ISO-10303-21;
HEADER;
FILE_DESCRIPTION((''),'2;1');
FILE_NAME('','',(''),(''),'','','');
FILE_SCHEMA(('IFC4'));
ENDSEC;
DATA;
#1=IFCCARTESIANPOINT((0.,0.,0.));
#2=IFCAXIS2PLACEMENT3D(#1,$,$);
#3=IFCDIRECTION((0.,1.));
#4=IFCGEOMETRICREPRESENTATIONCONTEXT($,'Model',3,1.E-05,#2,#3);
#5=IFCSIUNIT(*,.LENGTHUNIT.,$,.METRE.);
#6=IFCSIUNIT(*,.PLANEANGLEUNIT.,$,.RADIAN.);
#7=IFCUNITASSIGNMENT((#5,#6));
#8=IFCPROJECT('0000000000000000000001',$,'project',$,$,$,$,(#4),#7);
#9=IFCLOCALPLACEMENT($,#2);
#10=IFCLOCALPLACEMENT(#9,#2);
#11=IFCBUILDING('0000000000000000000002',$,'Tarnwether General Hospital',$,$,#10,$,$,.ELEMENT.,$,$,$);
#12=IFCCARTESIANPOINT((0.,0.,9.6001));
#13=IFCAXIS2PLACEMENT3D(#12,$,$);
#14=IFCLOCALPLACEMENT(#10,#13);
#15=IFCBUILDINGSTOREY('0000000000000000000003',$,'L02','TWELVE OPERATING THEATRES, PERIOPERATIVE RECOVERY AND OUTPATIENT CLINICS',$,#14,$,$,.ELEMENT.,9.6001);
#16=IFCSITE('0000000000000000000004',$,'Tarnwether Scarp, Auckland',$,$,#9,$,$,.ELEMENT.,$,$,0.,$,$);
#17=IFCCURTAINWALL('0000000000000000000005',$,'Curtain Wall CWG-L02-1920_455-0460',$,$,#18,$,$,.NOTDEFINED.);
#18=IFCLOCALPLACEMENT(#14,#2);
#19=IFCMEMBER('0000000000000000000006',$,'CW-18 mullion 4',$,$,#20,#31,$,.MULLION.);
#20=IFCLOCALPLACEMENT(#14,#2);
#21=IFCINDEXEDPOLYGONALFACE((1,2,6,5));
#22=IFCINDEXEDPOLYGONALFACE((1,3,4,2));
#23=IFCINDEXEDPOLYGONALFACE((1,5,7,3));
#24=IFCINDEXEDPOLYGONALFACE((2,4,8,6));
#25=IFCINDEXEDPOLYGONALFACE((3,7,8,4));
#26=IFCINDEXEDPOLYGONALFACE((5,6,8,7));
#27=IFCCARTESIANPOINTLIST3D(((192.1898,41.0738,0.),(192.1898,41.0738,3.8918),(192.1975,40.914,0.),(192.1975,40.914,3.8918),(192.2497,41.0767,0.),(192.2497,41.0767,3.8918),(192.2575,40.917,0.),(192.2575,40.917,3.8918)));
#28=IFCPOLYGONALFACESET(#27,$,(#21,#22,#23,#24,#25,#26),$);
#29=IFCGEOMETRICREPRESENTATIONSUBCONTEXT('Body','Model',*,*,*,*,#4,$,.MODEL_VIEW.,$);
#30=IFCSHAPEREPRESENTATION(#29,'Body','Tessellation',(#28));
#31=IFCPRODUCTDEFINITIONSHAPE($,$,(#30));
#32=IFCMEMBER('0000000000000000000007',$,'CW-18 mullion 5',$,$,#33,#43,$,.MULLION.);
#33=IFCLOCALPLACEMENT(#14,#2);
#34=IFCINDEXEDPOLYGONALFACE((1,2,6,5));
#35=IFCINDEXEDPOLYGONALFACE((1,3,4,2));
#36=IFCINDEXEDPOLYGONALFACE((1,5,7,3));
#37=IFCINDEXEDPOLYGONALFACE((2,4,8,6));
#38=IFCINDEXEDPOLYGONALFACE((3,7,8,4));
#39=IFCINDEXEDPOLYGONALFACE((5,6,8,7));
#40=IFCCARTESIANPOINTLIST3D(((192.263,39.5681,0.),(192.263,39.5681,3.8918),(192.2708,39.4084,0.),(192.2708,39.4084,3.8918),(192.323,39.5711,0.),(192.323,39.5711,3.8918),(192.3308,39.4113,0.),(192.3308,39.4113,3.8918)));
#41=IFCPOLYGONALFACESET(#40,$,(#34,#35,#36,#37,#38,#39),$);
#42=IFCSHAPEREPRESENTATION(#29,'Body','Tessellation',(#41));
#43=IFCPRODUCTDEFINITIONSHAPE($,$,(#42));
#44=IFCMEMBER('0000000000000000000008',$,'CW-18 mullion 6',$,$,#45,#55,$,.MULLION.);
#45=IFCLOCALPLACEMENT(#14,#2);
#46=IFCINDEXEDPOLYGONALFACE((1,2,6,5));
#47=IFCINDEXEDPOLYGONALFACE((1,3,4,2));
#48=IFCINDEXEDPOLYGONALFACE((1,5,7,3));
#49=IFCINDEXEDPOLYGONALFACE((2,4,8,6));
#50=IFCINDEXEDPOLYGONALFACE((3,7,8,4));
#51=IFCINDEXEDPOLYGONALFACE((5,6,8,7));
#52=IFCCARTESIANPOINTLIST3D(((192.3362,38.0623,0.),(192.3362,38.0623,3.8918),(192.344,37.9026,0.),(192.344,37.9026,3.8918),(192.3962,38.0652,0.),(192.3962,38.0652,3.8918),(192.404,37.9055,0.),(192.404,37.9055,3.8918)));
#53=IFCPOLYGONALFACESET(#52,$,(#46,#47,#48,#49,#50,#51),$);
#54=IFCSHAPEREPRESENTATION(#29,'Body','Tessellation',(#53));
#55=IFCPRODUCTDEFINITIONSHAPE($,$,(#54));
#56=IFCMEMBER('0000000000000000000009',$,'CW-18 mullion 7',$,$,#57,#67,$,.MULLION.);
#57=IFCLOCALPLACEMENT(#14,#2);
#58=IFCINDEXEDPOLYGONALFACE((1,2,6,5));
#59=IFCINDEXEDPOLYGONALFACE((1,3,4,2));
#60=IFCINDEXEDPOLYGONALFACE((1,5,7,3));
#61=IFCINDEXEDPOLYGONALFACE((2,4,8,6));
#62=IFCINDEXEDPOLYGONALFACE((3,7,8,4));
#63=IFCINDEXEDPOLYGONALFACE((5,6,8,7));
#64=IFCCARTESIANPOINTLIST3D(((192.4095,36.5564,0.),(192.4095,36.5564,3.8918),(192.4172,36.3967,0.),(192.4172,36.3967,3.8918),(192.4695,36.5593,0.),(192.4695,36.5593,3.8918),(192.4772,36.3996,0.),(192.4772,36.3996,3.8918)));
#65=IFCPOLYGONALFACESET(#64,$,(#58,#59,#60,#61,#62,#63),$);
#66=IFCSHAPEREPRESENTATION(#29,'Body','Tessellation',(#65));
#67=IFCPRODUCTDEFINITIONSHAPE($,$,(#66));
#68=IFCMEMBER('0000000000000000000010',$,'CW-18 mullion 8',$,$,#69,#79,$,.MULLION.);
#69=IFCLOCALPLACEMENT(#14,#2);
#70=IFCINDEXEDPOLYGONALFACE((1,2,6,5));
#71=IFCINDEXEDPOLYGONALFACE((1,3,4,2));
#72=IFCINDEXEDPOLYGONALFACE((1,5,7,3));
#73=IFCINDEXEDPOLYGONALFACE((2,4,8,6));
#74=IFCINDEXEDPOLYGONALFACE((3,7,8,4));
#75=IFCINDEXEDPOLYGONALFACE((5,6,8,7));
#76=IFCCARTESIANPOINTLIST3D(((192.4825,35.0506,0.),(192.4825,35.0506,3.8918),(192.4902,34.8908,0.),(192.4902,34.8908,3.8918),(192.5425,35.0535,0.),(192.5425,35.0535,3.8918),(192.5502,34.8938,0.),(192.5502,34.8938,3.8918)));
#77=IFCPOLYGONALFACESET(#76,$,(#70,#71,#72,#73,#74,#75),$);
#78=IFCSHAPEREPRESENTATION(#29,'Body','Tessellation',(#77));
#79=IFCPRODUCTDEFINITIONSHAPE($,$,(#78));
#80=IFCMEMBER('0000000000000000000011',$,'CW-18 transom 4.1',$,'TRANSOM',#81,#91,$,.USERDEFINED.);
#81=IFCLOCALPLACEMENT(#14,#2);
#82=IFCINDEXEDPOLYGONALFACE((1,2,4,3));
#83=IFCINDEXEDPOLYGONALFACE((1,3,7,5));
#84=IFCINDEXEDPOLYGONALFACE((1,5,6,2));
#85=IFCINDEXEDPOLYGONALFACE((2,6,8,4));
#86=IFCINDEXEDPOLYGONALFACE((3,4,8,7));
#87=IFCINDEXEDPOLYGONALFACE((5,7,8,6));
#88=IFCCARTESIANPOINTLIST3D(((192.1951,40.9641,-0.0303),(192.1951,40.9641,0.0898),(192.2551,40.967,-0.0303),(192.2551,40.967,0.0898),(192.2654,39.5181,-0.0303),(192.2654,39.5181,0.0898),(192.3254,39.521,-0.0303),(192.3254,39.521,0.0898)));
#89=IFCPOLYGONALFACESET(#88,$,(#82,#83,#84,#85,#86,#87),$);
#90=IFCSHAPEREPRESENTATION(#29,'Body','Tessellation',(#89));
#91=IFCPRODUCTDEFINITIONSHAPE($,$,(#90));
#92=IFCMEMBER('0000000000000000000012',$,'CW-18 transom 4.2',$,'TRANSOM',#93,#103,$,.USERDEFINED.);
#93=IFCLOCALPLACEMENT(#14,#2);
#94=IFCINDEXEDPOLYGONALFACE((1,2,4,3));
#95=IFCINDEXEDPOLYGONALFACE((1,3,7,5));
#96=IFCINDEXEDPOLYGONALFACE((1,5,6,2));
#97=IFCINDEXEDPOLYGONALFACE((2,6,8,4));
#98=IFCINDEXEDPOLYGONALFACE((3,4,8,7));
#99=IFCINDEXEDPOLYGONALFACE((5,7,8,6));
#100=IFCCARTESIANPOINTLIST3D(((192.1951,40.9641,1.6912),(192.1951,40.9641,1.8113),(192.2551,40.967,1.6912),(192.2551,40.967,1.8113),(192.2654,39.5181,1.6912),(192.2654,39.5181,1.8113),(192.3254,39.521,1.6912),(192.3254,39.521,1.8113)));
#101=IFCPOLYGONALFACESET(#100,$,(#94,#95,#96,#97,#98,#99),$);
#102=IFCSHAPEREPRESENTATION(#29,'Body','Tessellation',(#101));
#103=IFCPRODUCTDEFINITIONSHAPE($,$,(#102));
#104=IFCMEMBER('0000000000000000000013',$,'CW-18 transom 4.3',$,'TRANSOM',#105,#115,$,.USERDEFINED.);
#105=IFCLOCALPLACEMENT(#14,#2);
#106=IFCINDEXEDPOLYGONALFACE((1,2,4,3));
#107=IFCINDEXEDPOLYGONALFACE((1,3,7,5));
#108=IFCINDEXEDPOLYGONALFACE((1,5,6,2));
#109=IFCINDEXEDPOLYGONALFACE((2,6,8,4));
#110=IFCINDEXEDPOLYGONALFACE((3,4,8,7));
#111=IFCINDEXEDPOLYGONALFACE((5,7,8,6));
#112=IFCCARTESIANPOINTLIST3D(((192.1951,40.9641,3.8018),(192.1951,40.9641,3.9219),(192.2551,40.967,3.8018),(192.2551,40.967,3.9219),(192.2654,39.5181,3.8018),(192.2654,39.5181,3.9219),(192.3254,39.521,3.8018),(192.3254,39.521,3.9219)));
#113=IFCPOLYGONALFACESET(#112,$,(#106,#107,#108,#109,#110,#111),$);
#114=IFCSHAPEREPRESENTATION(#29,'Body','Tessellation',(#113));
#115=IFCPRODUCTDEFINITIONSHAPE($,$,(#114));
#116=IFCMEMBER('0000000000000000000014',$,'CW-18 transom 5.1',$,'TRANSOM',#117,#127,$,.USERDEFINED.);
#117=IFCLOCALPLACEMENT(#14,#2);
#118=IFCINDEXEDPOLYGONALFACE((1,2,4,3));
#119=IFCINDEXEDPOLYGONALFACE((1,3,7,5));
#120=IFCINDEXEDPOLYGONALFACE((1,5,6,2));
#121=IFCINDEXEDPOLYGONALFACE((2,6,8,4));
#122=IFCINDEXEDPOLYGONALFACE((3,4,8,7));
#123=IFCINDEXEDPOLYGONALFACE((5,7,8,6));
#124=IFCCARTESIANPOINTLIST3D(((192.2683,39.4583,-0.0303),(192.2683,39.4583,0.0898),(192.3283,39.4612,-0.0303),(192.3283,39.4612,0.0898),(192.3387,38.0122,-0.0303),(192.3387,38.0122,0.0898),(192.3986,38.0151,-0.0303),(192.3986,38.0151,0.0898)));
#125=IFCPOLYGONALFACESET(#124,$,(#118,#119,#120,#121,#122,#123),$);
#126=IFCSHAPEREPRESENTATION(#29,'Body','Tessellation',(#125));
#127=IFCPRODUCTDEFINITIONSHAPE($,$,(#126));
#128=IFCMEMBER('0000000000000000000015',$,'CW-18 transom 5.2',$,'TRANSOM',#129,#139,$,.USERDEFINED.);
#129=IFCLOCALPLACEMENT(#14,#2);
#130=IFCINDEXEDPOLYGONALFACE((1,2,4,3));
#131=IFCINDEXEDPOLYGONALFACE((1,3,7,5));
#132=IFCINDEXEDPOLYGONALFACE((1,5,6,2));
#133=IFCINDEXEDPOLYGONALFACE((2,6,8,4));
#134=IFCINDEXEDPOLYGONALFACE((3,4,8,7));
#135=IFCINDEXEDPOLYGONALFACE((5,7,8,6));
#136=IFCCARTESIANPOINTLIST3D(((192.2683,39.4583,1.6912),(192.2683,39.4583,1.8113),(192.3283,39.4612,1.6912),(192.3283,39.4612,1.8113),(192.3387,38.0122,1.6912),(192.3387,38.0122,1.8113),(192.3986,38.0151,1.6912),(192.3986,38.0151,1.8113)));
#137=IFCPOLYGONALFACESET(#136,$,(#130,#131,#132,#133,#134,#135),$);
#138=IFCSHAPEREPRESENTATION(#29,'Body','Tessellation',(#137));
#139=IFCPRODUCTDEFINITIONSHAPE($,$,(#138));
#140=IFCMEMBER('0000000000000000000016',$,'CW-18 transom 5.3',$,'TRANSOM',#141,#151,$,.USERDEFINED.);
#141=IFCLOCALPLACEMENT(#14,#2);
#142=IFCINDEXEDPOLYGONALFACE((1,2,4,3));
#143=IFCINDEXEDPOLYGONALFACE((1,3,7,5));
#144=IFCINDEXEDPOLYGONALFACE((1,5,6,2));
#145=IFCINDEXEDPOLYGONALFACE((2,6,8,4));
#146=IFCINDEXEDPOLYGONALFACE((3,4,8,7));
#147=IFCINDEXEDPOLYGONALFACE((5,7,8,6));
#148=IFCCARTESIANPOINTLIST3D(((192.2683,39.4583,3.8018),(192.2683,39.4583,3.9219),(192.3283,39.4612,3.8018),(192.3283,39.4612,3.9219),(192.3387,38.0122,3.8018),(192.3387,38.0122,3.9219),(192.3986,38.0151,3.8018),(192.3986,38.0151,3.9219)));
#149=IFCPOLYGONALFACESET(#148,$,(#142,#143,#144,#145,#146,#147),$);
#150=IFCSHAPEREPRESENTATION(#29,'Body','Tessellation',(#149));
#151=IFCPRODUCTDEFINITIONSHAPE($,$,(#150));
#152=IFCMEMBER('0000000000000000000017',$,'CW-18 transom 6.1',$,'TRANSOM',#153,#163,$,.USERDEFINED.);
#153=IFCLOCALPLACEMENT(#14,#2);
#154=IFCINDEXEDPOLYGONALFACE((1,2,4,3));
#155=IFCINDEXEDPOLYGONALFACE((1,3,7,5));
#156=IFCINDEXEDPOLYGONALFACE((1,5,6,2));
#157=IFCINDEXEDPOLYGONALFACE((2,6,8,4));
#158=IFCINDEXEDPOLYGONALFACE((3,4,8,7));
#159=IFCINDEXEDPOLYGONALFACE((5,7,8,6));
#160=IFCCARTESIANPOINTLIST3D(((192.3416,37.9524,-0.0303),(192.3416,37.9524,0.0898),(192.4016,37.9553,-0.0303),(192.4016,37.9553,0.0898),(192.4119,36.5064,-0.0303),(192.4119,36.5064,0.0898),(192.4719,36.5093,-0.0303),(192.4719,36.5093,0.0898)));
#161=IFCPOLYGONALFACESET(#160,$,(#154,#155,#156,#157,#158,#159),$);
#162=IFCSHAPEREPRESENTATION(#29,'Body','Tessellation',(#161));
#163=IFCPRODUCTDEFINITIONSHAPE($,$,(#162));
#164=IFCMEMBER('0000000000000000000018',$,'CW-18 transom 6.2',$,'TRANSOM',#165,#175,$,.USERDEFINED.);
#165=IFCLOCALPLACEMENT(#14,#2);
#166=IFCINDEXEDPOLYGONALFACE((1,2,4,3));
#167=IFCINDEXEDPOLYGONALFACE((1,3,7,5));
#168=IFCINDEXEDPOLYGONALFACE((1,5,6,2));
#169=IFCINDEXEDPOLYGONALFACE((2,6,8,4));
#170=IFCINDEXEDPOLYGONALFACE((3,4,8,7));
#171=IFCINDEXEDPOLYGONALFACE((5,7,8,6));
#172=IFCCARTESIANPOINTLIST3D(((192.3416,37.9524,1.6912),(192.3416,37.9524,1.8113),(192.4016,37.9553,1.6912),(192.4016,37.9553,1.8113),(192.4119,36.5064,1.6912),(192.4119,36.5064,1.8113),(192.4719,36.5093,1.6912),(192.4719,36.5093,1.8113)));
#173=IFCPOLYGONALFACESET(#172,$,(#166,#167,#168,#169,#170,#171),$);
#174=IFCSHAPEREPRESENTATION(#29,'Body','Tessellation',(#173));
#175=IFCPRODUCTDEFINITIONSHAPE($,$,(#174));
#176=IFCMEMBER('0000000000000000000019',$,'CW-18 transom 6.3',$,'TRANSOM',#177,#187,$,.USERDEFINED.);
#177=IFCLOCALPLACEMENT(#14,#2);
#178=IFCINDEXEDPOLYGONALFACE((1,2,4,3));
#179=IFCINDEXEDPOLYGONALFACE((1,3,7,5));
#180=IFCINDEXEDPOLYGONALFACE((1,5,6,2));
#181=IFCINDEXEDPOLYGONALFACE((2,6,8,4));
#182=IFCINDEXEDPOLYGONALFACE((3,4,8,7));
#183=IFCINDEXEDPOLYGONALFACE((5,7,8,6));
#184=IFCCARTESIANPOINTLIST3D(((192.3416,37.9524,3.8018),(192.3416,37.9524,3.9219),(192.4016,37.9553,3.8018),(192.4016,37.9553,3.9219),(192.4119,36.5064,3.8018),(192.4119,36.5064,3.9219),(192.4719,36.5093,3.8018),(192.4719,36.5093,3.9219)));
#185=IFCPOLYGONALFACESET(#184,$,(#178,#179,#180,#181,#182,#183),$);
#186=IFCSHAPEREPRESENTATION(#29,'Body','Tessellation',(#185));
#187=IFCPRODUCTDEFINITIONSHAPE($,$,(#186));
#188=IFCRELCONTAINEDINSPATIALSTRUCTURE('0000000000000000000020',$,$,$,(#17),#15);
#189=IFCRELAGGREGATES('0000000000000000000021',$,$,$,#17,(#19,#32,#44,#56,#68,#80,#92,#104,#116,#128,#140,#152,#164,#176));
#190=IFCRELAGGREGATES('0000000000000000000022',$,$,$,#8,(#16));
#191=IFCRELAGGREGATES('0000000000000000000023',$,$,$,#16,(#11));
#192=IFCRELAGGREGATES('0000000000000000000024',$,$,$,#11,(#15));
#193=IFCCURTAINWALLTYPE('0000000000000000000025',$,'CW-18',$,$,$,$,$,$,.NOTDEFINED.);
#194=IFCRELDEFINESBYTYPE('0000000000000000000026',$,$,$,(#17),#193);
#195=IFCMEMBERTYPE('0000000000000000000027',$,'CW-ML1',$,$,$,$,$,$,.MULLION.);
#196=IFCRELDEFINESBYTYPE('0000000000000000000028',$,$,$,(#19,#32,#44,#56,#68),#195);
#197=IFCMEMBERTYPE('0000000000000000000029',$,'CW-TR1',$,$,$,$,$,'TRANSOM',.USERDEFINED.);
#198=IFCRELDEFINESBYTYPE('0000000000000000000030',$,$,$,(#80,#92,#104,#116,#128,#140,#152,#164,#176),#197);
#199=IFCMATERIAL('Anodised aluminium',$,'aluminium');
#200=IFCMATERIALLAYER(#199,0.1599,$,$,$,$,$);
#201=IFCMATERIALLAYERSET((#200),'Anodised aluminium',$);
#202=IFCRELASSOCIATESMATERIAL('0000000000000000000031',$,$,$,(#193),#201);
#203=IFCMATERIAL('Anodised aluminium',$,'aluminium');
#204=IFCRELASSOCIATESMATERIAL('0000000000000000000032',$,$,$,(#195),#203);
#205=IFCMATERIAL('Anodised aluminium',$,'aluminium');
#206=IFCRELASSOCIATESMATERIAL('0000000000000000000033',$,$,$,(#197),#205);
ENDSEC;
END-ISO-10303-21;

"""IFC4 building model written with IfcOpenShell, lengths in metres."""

from ifc_helpers import new_model, si_unit, direction, frame, origin, origin_2d, place, context, subcontext, project, spatial, rectangle, extrude, material, layer, layer_set, material_profile, profile_set, type_object, element, aggregate, save


model = new_model("IFC4")

# Units and contexts
model_context = context("Model", 3, precision=1e-05, world=origin(), true_north=direction((0.0, 1.0)))
body_context = subcontext(model_context, "Body", "Model", "MODEL_VIEW")
ifc_project = project(units=[si_unit("LENGTHUNIT", "METRE"), si_unit("PLANEANGLEUNIT", "RADIAN")], contexts=[model_context])

# Site, building, storey
site_placement = place(None, origin())
site = spatial("IfcSite", under=ifc_project, at=site_placement, Name="Tarnwether Scarp, Auckland", CompositionType="ELEMENT", RefElevation=0.0)
building_placement = place(site_placement, origin())
building = spatial("IfcBuilding", under=site, at=building_placement, Name="Tarnwether General Hospital", CompositionType="ELEMENT")
storey_placement = place(building_placement, frame((0.0, 0.0, 9.6001)))
storey = spatial("IfcBuildingStorey", under=building, at=storey_placement, Name="L02", Description="TWELVE OPERATING THEATRES, PERIOPERATIVE RECOVERY AND OUTPATIENT CLINICS", CompositionType="ELEMENT", Elevation=9.6001)

# Curtain wall, members
ifc_material_1 = material(Name="Anodised aluminium", Category="aluminium")
ifc_layer_1 = layer(ifc_material_1, 0.1599)
ifc_layer_set_1 = layer_set([ifc_layer_1], Name="Anodised aluminium")
curtain_wall_type = type_object("IfcCurtainWallType", Name="CW-18", PredefinedType="NOTDEFINED", material=ifc_layer_set_1)
curtain_wall_placement = place(storey_placement, origin())
curtain_wall = element("IfcCurtainWall", 1, at=curtain_wall_placement, inside=storey, type_object=curtain_wall_type, Name="Curtain Wall CWG-L02-1920_455-0460", PredefinedType="NOTDEFINED")
ifc_material_2 = material(Name="Anodised aluminium", Category="aluminium")
ifc_material_profile_1 = material_profile(ifc_material_2, rectangle(XDim=0.0601, YDim=0.1599, at=origin_2d()), Name="ALU-MUL-60x160")
ifc_profile_set_1 = profile_set([ifc_material_profile_1], Name="Anodised aluminium")
member_type_1 = type_object("IfcMemberType", Name="CW-ML1", PredefinedType="MULLION", material=ifc_profile_set_1)
member_1_placement = place(storey_placement, frame((192.2236, 40.9954, 0.0), z_axis=(0.0, 0.0, 1.0), x_axis=(0.99882, 0.04856, 0.0)))
member_1 = element("IfcMember", 2, at=member_1_placement, type_object=member_type_1, Name="CW-18 mullion 4", PredefinedType="MULLION", context=body_context, shape_type="SweptSolid", body=[
    extrude(rectangle(XDim=0.0601, YDim=0.1599, at=origin_2d()), origin(), (0.0, 0.0, 1.0), 3.8918),
])
member_2_placement = place(storey_placement, frame((192.2969, 39.4897, 0.0), z_axis=(0.0, 0.0, 1.0), x_axis=(0.99882, 0.04856, 0.0)))
member_2 = element("IfcMember", 3, at=member_2_placement, type_object=member_type_1, Name="CW-18 mullion 5", PredefinedType="MULLION", context=body_context, shape_type="SweptSolid", body=[
    extrude(rectangle(XDim=0.0601, YDim=0.1599, at=origin_2d()), origin(), (0.0, 0.0, 1.0), 3.8918),
])
member_3_placement = place(storey_placement, frame((192.3701, 37.9839, 0.0), z_axis=(0.0, 0.0, 1.0), x_axis=(0.99882, 0.04856, 0.0)))
member_3 = element("IfcMember", 4, at=member_3_placement, type_object=member_type_1, Name="CW-18 mullion 6", PredefinedType="MULLION", context=body_context, shape_type="SweptSolid", body=[
    extrude(rectangle(XDim=0.0601, YDim=0.1599, at=origin_2d()), origin(), (0.0, 0.0, 1.0), 3.8918),
])
member_4_placement = place(storey_placement, frame((192.4434, 36.478, 0.0), z_axis=(0.0, 0.0, 1.0), x_axis=(0.99882, 0.04856, 0.0)))
member_4 = element("IfcMember", 5, at=member_4_placement, type_object=member_type_1, Name="CW-18 mullion 7", PredefinedType="MULLION", context=body_context, shape_type="SweptSolid", body=[
    extrude(rectangle(XDim=0.0601, YDim=0.1599, at=origin_2d()), origin(), (0.0, 0.0, 1.0), 3.8918),
])
member_5_placement = place(storey_placement, frame((192.5164, 34.9722, 0.0), z_axis=(0.0, 0.0, 1.0), x_axis=(0.99882, 0.04856, 0.0)))
member_5 = element("IfcMember", 6, at=member_5_placement, type_object=member_type_1, Name="CW-18 mullion 8", PredefinedType="MULLION", context=body_context, shape_type="SweptSolid", body=[
    extrude(rectangle(XDim=0.0601, YDim=0.1599, at=origin_2d()), origin(), (0.0, 0.0, 1.0), 3.8918),
])
ifc_material_3 = material(Name="Anodised aluminium", Category="aluminium")
ifc_material_profile_2 = material_profile(ifc_material_3, rectangle(XDim=0.0601, YDim=0.1201, at=origin_2d()), Name="ALU-TRN-60x120")
ifc_profile_set_2 = profile_set([ifc_material_profile_2], Name="Anodised aluminium")
member_type_2 = type_object("IfcMemberType", Name="CW-TR1", ElementType="TRANSOM", PredefinedType="USERDEFINED", material=ifc_profile_set_2)
member_6_placement = place(storey_placement, frame((192.2251, 40.9656, 0.0298), z_axis=(0.048567, -0.99882, 0.0), x_axis=(0.99882, 0.048567, 0.0)))
member_6 = element("IfcMember", 7, at=member_6_placement, type_object=member_type_2, Name="CW-18 transom 4.1", ObjectType="TRANSOM", PredefinedType="USERDEFINED", context=body_context, shape_type="SweptSolid", body=[
    extrude(rectangle(XDim=0.0601, YDim=0.1201, at=origin_2d()), origin(), (0.0, 0.0, 1.0), 1.4478),
])
member_7_placement = place(storey_placement, frame((192.2251, 40.9656, 1.7512), z_axis=(0.048567, -0.99882, 0.0), x_axis=(0.99882, 0.048567, 0.0)))
member_7 = element("IfcMember", 8, at=member_7_placement, type_object=member_type_2, Name="CW-18 transom 4.2", ObjectType="TRANSOM", PredefinedType="USERDEFINED", context=body_context, shape_type="SweptSolid", body=[
    extrude(rectangle(XDim=0.0601, YDim=0.1201, at=origin_2d()), origin(), (0.0, 0.0, 1.0), 1.4478),
])
member_8_placement = place(storey_placement, frame((192.2251, 40.9656, 3.8618), z_axis=(0.048567, -0.99882, 0.0), x_axis=(0.99882, 0.048567, 0.0)))
member_8 = element("IfcMember", 9, at=member_8_placement, type_object=member_type_2, Name="CW-18 transom 4.3", ObjectType="TRANSOM", PredefinedType="USERDEFINED", context=body_context, shape_type="SweptSolid", body=[
    extrude(rectangle(XDim=0.0601, YDim=0.1201, at=origin_2d()), origin(), (0.0, 0.0, 1.0), 1.4478),
])
member_9_placement = place(storey_placement, frame((192.2983, 39.4597, 0.0298), z_axis=(0.048567, -0.99882, 0.0), x_axis=(0.99882, 0.048567, 0.0)))
member_9 = element("IfcMember", 10, at=member_9_placement, type_object=member_type_2, Name="CW-18 transom 5.1", ObjectType="TRANSOM", PredefinedType="USERDEFINED", context=body_context, shape_type="SweptSolid", body=[
    extrude(rectangle(XDim=0.0601, YDim=0.1201, at=origin_2d()), origin(), (0.0, 0.0, 1.0), 1.4478),
])
member_10_placement = place(storey_placement, frame((192.2983, 39.4597, 1.7512), z_axis=(0.048567, -0.99882, 0.0), x_axis=(0.99882, 0.048567, 0.0)))
member_10 = element("IfcMember", 11, at=member_10_placement, type_object=member_type_2, Name="CW-18 transom 5.2", ObjectType="TRANSOM", PredefinedType="USERDEFINED", context=body_context, shape_type="SweptSolid", body=[
    extrude(rectangle(XDim=0.0601, YDim=0.1201, at=origin_2d()), origin(), (0.0, 0.0, 1.0), 1.4478),
])
member_11_placement = place(storey_placement, frame((192.2983, 39.4597, 3.8618), z_axis=(0.048567, -0.99882, 0.0), x_axis=(0.99882, 0.048567, 0.0)))
member_11 = element("IfcMember", 12, at=member_11_placement, type_object=member_type_2, Name="CW-18 transom 5.3", ObjectType="TRANSOM", PredefinedType="USERDEFINED", context=body_context, shape_type="SweptSolid", body=[
    extrude(rectangle(XDim=0.0601, YDim=0.1201, at=origin_2d()), origin(), (0.0, 0.0, 1.0), 1.4478),
])
member_12_placement = place(storey_placement, frame((192.3716, 37.9539, 0.0298), z_axis=(0.048567, -0.99882, 0.0), x_axis=(0.99882, 0.048567, 0.0)))
member_12 = element("IfcMember", 13, at=member_12_placement, type_object=member_type_2, Name="CW-18 transom 6.1", ObjectType="TRANSOM", PredefinedType="USERDEFINED", context=body_context, shape_type="SweptSolid", body=[
    extrude(rectangle(XDim=0.0601, YDim=0.1201, at=origin_2d()), origin(), (0.0, 0.0, 1.0), 1.4478),
])
member_13_placement = place(storey_placement, frame((192.3716, 37.9539, 1.7512), z_axis=(0.048567, -0.99882, 0.0), x_axis=(0.99882, 0.048567, 0.0)))
member_13 = element("IfcMember", 14, at=member_13_placement, type_object=member_type_2, Name="CW-18 transom 6.2", ObjectType="TRANSOM", PredefinedType="USERDEFINED", context=body_context, shape_type="SweptSolid", body=[
    extrude(rectangle(XDim=0.0601, YDim=0.1201, at=origin_2d()), origin(), (0.0, 0.0, 1.0), 1.4478),
])
member_14_placement = place(storey_placement, frame((192.3716, 37.9539, 3.8618), z_axis=(0.048567, -0.99882, 0.0), x_axis=(0.99882, 0.048567, 0.0)))
member_14 = element("IfcMember", 15, at=member_14_placement, type_object=member_type_2, Name="CW-18 transom 6.3", ObjectType="TRANSOM", PredefinedType="USERDEFINED", context=body_context, shape_type="SweptSolid", body=[
    extrude(rectangle(XDim=0.0601, YDim=0.1201, at=origin_2d()), origin(), (0.0, 0.0, 1.0), 1.4478),
])
aggregate(curtain_wall, [member_1, member_2, member_3, member_4, member_5, member_6, member_7, member_8, member_9, member_10, member_11, member_12, member_13, member_14])

save(model, "model.ifc")
